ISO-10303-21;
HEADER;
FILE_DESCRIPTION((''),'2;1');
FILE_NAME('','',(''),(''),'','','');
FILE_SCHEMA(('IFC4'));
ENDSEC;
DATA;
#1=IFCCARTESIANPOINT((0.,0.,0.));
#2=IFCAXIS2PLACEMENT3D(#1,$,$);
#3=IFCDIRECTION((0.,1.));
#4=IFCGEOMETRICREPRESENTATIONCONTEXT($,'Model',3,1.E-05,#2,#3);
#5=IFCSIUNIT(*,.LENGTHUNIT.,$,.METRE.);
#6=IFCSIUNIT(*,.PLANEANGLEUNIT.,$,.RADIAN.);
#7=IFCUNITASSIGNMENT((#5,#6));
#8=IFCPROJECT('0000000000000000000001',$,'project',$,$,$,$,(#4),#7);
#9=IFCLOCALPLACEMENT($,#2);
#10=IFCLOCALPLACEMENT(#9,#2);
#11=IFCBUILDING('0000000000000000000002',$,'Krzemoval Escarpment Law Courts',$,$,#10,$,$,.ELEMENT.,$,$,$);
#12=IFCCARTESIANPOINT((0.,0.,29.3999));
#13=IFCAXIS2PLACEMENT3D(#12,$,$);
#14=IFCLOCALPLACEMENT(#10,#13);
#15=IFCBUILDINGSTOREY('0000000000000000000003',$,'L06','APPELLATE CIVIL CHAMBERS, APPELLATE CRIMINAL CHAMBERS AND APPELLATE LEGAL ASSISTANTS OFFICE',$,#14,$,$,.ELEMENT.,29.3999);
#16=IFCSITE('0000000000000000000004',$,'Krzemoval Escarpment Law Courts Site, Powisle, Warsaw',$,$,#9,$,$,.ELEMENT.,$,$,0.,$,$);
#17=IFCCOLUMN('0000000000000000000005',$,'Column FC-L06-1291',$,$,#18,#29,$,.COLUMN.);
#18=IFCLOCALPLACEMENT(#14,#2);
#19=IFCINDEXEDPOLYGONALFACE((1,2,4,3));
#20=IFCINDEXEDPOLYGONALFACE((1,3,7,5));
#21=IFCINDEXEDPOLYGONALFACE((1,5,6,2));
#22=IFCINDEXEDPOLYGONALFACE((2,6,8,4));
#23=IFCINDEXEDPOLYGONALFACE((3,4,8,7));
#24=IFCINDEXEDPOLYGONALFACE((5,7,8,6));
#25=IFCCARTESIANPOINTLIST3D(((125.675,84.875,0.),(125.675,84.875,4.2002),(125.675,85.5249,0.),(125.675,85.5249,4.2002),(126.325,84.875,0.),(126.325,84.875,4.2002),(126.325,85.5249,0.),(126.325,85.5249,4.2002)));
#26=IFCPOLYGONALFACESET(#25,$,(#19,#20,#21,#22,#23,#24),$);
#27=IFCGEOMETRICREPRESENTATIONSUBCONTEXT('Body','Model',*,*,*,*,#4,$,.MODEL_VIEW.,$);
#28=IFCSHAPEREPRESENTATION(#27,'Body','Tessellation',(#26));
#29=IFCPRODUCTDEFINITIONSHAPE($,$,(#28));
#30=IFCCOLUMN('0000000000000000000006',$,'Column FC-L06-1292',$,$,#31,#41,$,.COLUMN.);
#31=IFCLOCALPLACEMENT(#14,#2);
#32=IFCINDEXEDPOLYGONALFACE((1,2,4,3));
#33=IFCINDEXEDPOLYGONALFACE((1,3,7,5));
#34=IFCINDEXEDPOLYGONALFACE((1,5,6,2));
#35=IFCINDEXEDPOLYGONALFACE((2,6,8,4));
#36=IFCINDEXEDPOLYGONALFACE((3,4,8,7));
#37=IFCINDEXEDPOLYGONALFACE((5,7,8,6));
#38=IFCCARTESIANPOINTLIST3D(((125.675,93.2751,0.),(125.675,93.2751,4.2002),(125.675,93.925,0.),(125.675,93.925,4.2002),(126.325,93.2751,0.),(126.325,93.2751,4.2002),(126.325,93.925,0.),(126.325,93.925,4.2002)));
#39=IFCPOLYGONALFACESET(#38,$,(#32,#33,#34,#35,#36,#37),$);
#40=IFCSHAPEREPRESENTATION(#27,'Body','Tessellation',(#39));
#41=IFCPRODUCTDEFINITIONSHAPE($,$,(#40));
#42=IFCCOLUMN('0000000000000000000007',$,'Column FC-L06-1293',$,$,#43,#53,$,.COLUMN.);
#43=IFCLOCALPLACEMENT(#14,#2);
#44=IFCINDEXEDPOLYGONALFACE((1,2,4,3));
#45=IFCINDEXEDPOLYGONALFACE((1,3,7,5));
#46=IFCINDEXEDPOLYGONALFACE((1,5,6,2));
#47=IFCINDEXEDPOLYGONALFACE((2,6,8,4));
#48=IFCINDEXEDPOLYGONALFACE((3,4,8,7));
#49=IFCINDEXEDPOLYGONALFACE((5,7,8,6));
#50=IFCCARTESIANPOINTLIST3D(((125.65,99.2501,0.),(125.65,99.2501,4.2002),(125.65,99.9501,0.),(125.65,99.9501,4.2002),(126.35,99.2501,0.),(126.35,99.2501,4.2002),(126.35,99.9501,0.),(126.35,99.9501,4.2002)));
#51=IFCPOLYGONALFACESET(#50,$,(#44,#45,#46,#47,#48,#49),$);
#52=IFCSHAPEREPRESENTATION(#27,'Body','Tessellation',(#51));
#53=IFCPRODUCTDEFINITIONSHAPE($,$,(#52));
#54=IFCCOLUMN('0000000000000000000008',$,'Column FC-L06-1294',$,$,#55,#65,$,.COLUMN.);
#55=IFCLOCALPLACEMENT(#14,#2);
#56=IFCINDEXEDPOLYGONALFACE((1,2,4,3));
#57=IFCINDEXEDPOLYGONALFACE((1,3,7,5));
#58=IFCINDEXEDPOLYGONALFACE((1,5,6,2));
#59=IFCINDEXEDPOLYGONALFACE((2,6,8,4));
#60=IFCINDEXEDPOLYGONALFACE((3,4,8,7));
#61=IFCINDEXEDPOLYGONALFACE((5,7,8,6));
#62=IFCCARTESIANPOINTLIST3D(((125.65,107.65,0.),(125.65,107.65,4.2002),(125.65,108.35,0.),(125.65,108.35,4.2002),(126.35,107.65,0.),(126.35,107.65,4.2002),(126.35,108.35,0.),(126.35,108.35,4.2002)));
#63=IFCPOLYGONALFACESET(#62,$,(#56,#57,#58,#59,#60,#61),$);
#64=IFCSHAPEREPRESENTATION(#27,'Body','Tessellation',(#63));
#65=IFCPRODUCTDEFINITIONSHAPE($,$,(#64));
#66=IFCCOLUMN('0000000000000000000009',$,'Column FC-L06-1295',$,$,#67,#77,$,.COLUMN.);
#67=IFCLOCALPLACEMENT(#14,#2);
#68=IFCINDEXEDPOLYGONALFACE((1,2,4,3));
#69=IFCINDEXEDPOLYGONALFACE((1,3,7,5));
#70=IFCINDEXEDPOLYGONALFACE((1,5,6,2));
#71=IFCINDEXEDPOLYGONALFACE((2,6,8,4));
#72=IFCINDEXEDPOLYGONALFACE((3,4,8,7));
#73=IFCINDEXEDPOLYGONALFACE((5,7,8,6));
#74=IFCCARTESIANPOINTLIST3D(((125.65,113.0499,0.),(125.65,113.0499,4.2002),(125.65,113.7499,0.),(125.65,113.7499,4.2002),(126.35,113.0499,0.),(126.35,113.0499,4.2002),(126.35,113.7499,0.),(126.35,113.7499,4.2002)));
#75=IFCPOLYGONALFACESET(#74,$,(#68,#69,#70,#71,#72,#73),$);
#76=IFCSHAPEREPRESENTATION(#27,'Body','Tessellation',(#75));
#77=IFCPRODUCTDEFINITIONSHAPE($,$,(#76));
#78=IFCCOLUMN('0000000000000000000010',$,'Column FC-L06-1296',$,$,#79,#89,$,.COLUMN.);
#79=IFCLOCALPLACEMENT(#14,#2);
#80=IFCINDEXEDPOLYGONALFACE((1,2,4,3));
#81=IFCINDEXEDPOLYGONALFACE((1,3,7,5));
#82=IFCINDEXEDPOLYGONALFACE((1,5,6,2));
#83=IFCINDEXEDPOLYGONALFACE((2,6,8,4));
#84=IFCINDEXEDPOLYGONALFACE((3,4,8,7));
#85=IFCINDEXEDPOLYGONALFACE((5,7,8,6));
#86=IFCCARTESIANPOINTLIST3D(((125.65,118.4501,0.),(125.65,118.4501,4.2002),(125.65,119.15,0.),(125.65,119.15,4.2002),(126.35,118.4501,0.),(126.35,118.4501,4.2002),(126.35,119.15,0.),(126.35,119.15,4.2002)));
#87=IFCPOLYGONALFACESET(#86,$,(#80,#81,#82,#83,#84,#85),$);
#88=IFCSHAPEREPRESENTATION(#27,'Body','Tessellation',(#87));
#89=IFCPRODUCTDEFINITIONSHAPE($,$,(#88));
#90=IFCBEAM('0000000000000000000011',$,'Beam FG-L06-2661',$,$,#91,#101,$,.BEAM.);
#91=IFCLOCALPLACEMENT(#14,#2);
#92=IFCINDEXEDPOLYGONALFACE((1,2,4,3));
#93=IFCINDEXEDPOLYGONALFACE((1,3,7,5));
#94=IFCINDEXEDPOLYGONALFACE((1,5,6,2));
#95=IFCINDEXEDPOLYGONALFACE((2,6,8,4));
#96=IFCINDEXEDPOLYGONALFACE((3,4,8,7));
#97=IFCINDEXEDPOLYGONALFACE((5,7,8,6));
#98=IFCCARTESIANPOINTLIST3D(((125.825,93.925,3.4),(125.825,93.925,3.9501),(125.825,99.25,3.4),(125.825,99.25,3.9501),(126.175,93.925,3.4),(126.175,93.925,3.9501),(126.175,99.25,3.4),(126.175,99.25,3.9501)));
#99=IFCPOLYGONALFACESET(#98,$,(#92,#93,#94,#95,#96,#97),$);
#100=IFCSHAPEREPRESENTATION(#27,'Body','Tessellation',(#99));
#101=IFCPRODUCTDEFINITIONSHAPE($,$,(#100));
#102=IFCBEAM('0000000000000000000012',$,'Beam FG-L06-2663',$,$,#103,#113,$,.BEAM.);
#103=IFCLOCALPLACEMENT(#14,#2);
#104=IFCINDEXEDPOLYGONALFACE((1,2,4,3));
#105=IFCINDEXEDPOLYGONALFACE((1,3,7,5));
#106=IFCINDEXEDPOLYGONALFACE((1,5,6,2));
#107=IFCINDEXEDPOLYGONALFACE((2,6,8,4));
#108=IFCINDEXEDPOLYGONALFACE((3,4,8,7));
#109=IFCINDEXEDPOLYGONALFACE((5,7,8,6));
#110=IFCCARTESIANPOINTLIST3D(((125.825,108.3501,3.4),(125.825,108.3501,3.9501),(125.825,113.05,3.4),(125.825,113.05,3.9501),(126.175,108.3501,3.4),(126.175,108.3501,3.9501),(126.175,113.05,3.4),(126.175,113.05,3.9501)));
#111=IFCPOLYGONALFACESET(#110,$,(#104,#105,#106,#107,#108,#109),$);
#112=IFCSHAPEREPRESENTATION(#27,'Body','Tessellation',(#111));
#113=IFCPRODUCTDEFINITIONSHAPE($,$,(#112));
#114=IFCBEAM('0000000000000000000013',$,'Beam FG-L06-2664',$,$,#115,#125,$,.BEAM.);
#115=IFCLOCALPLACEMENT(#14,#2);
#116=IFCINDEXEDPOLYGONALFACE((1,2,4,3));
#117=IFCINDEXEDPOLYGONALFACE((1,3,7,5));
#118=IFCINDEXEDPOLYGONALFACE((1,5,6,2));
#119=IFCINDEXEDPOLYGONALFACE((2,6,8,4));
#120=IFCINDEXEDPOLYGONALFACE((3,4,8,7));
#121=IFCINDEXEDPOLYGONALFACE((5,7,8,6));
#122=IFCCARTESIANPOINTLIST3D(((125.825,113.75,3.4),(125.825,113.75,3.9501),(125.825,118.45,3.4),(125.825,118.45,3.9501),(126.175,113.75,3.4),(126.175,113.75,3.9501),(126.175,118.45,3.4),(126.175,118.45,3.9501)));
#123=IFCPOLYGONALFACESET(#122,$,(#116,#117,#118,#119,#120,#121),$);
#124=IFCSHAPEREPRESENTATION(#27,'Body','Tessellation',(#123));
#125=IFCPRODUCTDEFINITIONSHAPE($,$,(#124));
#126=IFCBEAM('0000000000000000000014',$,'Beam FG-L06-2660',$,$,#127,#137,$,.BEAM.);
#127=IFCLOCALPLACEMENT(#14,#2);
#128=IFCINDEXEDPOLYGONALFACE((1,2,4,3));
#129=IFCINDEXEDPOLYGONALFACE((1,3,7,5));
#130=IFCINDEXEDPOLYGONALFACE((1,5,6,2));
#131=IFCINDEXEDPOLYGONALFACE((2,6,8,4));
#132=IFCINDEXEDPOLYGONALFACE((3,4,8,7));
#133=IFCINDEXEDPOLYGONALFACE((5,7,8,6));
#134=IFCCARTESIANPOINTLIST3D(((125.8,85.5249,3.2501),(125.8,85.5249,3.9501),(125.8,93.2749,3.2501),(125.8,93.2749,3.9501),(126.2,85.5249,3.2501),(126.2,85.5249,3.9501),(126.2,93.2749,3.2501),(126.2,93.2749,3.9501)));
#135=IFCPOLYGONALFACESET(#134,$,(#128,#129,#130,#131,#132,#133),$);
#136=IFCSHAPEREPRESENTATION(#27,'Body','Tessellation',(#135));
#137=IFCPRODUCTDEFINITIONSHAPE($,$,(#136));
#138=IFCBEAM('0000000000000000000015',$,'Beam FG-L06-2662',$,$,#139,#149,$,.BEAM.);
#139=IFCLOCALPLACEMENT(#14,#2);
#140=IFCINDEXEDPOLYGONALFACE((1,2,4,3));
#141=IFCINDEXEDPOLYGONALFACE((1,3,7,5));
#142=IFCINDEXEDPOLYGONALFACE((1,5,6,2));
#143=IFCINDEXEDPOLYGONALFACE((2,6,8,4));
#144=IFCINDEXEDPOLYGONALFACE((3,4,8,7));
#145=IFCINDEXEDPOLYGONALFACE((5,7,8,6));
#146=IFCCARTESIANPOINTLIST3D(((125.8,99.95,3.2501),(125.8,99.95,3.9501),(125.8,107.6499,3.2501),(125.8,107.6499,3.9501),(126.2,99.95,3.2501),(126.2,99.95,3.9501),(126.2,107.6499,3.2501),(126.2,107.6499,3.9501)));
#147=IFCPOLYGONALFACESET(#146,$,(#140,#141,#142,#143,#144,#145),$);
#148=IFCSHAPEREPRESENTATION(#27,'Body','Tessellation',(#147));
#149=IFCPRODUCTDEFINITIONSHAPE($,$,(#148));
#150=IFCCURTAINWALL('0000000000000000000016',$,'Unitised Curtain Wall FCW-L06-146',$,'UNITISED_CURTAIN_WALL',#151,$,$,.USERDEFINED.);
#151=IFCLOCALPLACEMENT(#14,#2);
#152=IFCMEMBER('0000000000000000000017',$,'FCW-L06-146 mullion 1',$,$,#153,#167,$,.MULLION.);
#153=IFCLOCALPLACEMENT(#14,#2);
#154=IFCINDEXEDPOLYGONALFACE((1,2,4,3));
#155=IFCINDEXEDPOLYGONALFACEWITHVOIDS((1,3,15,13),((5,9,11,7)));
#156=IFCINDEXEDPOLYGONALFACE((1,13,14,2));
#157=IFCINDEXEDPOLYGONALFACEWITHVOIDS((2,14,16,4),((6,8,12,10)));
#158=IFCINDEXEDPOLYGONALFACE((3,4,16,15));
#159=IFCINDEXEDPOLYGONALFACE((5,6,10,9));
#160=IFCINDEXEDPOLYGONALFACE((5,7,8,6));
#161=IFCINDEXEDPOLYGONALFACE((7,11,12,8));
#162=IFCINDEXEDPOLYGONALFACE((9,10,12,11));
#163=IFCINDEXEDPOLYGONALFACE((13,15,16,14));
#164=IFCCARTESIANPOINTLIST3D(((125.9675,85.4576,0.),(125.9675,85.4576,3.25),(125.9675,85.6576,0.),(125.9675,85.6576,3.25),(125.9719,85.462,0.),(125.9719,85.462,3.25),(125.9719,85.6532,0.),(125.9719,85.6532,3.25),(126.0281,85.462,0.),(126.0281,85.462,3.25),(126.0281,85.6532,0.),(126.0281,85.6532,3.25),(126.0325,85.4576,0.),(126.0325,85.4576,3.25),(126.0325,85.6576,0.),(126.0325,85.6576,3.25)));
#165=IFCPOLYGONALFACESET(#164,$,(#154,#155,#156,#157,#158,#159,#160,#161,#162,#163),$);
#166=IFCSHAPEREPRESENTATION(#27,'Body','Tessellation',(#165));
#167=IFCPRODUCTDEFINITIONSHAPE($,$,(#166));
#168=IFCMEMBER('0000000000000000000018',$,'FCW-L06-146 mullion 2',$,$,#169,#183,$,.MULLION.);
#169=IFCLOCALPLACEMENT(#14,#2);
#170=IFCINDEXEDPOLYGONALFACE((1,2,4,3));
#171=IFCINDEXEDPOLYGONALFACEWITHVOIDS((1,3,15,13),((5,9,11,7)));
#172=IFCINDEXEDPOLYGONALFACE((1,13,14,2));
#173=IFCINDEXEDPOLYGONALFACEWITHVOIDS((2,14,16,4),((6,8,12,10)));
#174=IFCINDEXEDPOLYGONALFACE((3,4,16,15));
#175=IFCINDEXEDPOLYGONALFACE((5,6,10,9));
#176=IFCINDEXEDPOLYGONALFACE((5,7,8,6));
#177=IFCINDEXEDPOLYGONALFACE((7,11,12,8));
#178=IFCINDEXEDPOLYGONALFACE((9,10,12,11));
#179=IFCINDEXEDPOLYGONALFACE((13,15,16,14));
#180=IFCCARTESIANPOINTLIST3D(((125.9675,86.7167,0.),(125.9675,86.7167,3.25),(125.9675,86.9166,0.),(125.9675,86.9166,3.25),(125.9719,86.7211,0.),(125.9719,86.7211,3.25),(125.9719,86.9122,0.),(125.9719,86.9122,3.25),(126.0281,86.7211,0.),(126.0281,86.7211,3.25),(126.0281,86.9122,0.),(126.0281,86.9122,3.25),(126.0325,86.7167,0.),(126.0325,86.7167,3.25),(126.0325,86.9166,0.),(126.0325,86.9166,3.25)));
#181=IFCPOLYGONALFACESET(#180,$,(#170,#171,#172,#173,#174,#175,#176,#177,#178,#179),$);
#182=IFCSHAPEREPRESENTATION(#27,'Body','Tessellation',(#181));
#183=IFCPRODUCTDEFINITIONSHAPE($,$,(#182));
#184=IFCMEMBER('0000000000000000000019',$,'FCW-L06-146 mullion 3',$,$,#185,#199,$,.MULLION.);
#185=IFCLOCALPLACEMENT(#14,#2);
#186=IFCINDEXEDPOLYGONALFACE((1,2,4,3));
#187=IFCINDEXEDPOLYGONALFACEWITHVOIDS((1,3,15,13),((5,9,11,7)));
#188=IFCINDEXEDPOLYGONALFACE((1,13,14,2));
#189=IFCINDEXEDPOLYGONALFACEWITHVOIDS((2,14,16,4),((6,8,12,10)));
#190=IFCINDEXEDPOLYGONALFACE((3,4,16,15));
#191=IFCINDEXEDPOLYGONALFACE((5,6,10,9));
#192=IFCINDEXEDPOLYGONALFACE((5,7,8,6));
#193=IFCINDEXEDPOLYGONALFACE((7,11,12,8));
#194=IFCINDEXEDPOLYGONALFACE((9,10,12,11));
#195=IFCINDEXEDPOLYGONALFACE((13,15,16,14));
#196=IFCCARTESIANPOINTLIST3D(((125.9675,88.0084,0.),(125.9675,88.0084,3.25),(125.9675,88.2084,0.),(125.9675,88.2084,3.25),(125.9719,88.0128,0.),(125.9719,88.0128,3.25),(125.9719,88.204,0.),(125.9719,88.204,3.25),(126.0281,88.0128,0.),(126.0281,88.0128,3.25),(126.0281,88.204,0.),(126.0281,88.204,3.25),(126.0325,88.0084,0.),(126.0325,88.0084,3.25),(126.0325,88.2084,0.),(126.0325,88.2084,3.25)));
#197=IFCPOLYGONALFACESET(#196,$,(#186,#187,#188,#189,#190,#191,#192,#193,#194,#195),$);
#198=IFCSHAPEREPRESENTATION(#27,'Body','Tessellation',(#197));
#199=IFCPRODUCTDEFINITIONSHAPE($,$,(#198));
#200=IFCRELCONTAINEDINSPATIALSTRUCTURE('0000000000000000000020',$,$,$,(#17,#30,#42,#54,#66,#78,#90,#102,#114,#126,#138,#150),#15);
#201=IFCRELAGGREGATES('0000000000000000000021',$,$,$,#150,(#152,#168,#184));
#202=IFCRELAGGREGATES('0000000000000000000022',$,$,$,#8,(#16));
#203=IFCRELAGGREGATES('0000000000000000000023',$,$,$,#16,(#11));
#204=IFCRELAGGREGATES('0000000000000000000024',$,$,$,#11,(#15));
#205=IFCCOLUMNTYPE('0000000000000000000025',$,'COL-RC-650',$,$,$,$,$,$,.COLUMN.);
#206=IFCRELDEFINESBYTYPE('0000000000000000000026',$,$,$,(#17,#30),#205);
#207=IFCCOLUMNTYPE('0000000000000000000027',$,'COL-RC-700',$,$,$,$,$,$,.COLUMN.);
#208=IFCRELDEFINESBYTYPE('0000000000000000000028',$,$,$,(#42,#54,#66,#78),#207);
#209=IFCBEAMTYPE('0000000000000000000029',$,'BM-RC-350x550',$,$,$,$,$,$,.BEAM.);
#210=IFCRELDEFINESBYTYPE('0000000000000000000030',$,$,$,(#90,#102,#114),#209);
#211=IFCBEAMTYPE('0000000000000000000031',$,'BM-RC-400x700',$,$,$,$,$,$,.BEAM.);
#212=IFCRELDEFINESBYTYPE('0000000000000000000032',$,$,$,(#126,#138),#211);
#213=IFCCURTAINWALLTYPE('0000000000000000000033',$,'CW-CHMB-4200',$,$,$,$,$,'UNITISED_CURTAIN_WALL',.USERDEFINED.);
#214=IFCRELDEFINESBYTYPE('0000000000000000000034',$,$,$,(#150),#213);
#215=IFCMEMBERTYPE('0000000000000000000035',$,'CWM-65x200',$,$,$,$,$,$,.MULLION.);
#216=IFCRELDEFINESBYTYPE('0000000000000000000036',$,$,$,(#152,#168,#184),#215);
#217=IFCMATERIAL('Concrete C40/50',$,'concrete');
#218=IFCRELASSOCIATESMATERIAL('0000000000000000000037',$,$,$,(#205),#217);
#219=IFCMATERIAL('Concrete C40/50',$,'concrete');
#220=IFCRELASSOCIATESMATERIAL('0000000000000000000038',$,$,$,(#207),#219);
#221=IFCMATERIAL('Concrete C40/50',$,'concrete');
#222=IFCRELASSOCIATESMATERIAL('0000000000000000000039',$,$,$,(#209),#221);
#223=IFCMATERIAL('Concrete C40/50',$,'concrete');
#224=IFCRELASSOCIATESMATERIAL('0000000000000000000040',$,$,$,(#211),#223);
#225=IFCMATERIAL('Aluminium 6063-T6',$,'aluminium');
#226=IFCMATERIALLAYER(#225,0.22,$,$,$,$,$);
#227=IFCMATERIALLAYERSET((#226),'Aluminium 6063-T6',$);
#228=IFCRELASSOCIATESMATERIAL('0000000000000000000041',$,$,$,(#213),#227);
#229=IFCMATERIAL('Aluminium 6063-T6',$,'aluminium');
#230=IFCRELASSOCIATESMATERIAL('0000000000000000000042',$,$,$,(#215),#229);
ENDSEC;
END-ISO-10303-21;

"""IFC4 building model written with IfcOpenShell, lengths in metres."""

from ifc_helpers import new_model, si_unit, direction, frame, origin, origin_2d, place, context, subcontext, project, spatial, rectangle, hollow_rectangle, extrude, material, layer, layer_set, material_profile, profile_set, type_object, element, aggregate, save


model = new_model("IFC4")

# Units and contexts
model_context = context("Model", 3, precision=1e-05, world=origin(), true_north=direction((0.0, 1.0)))
body_context = subcontext(model_context, "Body", "Model", "MODEL_VIEW")
ifc_project = project(units=[si_unit("LENGTHUNIT", "METRE"), si_unit("PLANEANGLEUNIT", "RADIAN")], contexts=[model_context])

# Site, building, storey
site_placement = place(None, origin())
site = spatial("IfcSite", under=ifc_project, at=site_placement, Name="Krzemoval Escarpment Law Courts Site, Powisle, Warsaw", CompositionType="ELEMENT", RefElevation=0.0)
building_placement = place(site_placement, origin())
building = spatial("IfcBuilding", under=site, at=building_placement, Name="Krzemoval Escarpment Law Courts", CompositionType="ELEMENT")
storey_placement = place(building_placement, frame((0.0, 0.0, 29.3999)))
storey = spatial("IfcBuildingStorey", under=building, at=storey_placement, Name="L06", Description="APPELLATE CIVIL CHAMBERS, APPELLATE CRIMINAL CHAMBERS AND APPELLATE LEGAL ASSISTANTS OFFICE", CompositionType="ELEMENT", Elevation=29.3999)

# Columns
ifc_material_1 = material(Name="Concrete C40/50", Category="concrete")
ifc_material_profile_1 = material_profile(ifc_material_1, rectangle(XDim=0.6499, YDim=0.6499, at=origin_2d()), Name="RC 650x650")
ifc_profile_set_1 = profile_set([ifc_material_profile_1], Name="Concrete C40/50")
column_type_1 = type_object("IfcColumnType", Name="COL-RC-650", PredefinedType="COLUMN", material=ifc_profile_set_1)
for number, where, z_axis, x_axis, name in (
    (1, (126.0, 85.2, 0.0), (0.0, 0.0, 1.0), (1.0, 0.0, 0.0), "Column FC-L06-1291"),
    (2, (126.0, 93.6001, 0.0), (0.0, 0.0, 1.0), (1.0, 0.0, 0.0), "Column FC-L06-1292"),
):
    element("IfcColumn", number, at=place(storey_placement, frame(where, z_axis=z_axis, x_axis=x_axis)), inside=storey, type_object=column_type_1, Name=name, PredefinedType="COLUMN", context=body_context, shape_type="SweptSolid", body=[
        extrude(rectangle(XDim=0.6499, YDim=0.6499, at=origin_2d()), origin(), (0.0, 0.0, 1.0), 4.2002),
    ])
ifc_material_2 = material(Name="Concrete C40/50", Category="concrete")
ifc_material_profile_2 = material_profile(ifc_material_2, rectangle(XDim=0.7, YDim=0.7, at=origin_2d()), Name="RC 700x700")
ifc_profile_set_2 = profile_set([ifc_material_profile_2], Name="Concrete C40/50")
column_type_2 = type_object("IfcColumnType", Name="COL-RC-700", PredefinedType="COLUMN", material=ifc_profile_set_2)
for number, where, z_axis, x_axis, name in (
    (3, (126.0, 99.6001, 0.0), (0.0, 0.0, 1.0), (1.0, 0.0, 0.0), "Column FC-L06-1293"),
    (4, (126.0, 108.0, 0.0), (0.0, 0.0, 1.0), (1.0, 0.0, 0.0), "Column FC-L06-1294"),
    (5, (126.0, 113.3999, 0.0), (0.0, 0.0, 1.0), (1.0, 0.0, 0.0), "Column FC-L06-1295"),
    (6, (126.0, 118.8, 0.0), (0.0, 0.0, 1.0), (1.0, 0.0, 0.0), "Column FC-L06-1296"),
):
    element("IfcColumn", number, at=place(storey_placement, frame(where, z_axis=z_axis, x_axis=x_axis)), inside=storey, type_object=column_type_2, Name=name, PredefinedType="COLUMN", context=body_context, shape_type="SweptSolid", body=[
        extrude(rectangle(XDim=0.7, YDim=0.7, at=origin_2d()), origin(), (0.0, 0.0, 1.0), 4.2002),
    ])

# Beams
ifc_material_3 = material(Name="Concrete C40/50", Category="concrete")
ifc_material_profile_3 = material_profile(ifc_material_3, rectangle(XDim=0.3501, YDim=0.55, at=origin_2d()), Name="RCB 350x550")
ifc_profile_set_3 = profile_set([ifc_material_profile_3], Name="Concrete C40/50")
beam_type_1 = type_object("IfcBeamType", Name="BM-RC-350x550", PredefinedType="BEAM", material=ifc_profile_set_3)
beam_1_placement = place(storey_placement, frame((126.0, 93.925, 3.675), z_axis=(0.0, 1.0, 0.0), x_axis=(-1.0, 0.0, 0.0)))
element("IfcBeam", 7, at=beam_1_placement, inside=storey, type_object=beam_type_1, Name="Beam FG-L06-2661", PredefinedType="BEAM", context=body_context, shape_type="SweptSolid", body=[
    extrude(rectangle(XDim=0.3501, YDim=0.55, at=origin_2d()), origin(), (0.0, 0.0, 1.0), 5.325),
])
for number, where, z_axis, x_axis, name in (
    (8, (126.0, 108.3501, 3.675), (0.0, 1.0, 0.0), (-1.0, 0.0, 0.0), "Beam FG-L06-2663"),
    (9, (126.0, 113.75, 3.675), (0.0, 1.0, 0.0), (-1.0, 0.0, 0.0), "Beam FG-L06-2664"),
):
    element("IfcBeam", number, at=place(storey_placement, frame(where, z_axis=z_axis, x_axis=x_axis)), inside=storey, type_object=beam_type_1, Name=name, PredefinedType="BEAM", context=body_context, shape_type="SweptSolid", body=[
        extrude(rectangle(XDim=0.3501, YDim=0.55, at=origin_2d()), origin(), (0.0, 0.0, 1.0), 4.7),
    ])
ifc_material_4 = material(Name="Concrete C40/50", Category="concrete")
ifc_material_profile_4 = material_profile(ifc_material_4, rectangle(XDim=0.3999, YDim=0.7, at=origin_2d()), Name="RCB 400x700")
ifc_profile_set_4 = profile_set([ifc_material_profile_4], Name="Concrete C40/50")
beam_type_2 = type_object("IfcBeamType", Name="BM-RC-400x700", PredefinedType="BEAM", material=ifc_profile_set_4)
beam_2_placement = place(storey_placement, frame((126.0, 85.5249, 3.6001), z_axis=(0.0, 1.0, 0.0), x_axis=(-1.0, 0.0, 0.0)))
element("IfcBeam", 10, at=beam_2_placement, inside=storey, type_object=beam_type_2, Name="Beam FG-L06-2660", PredefinedType="BEAM", context=body_context, shape_type="SweptSolid", body=[
    extrude(rectangle(XDim=0.3999, YDim=0.7, at=origin_2d()), origin(), (0.0, 0.0, 1.0), 7.75),
])
beam_3_placement = place(storey_placement, frame((126.0, 99.95, 3.6001), z_axis=(0.0, 1.0, 0.0), x_axis=(-1.0, 0.0, 0.0)))
element("IfcBeam", 11, at=beam_3_placement, inside=storey, type_object=beam_type_2, Name="Beam FG-L06-2662", PredefinedType="BEAM", context=body_context, shape_type="SweptSolid", body=[
    extrude(rectangle(XDim=0.3999, YDim=0.7, at=origin_2d()), origin(), (0.0, 0.0, 1.0), 7.7),
])

# Curtain wall, members
ifc_material_5 = material(Name="Aluminium 6063-T6", Category="aluminium")
ifc_layer_1 = layer(ifc_material_5, 0.22)
ifc_layer_set_1 = layer_set([ifc_layer_1], Name="Aluminium 6063-T6")
curtain_wall_type = type_object("IfcCurtainWallType", Name="CW-CHMB-4200", ElementType="UNITISED_CURTAIN_WALL", PredefinedType="USERDEFINED", material=ifc_layer_set_1)
curtain_wall_placement = place(storey_placement, origin())
curtain_wall = element("IfcCurtainWall", 12, at=curtain_wall_placement, inside=storey, type_object=curtain_wall_type, Name="Unitised Curtain Wall FCW-L06-146", ObjectType="UNITISED_CURTAIN_WALL", PredefinedType="USERDEFINED")
ifc_material_6 = material(Name="Aluminium 6063-T6", Category="aluminium")
ifc_material_profile_5 = material_profile(ifc_material_6, hollow_rectangle(XDim=0.0649, YDim=0.2, WallThickness=0.0044, at=origin_2d()), Name="ALU M65x200")
ifc_profile_set_5 = profile_set([ifc_material_profile_5], Name="Aluminium 6063-T6")
member_type_1 = type_object("IfcMemberType", Name="CWM-65x200", PredefinedType="MULLION", material=ifc_profile_set_5)
member_1_placement = place(storey_placement, frame((126.0, 85.5576, 0.0), z_axis=(0.0, 0.0, 1.0), x_axis=(-1.0, 0.0, 0.0)))
member_1 = element("IfcMember", 13, at=member_1_placement, type_object=member_type_1, Name="FCW-L06-146 mullion 1", PredefinedType="MULLION", context=body_context, shape_type="SweptSolid", body=[
    extrude(hollow_rectangle(XDim=0.0649, YDim=0.2, WallThickness=0.0044, at=origin_2d()), origin(), (0.0, 0.0, 1.0), 3.25),
])
member_2_placement = place(storey_placement, frame((126.0, 86.8167, 0.0), z_axis=(0.0, 0.0, 1.0), x_axis=(-1.0, 0.0, 0.0)))
member_2 = element("IfcMember", 14, at=member_2_placement, type_object=member_type_1, Name="FCW-L06-146 mullion 2", PredefinedType="MULLION", context=body_context, shape_type="SweptSolid", body=[
    extrude(hollow_rectangle(XDim=0.0649, YDim=0.2, WallThickness=0.0044, at=origin_2d()), origin(), (0.0, 0.0, 1.0), 3.25),
])
member_3_placement = place(storey_placement, frame((126.0, 88.1084, 0.0), z_axis=(0.0, 0.0, 1.0), x_axis=(-1.0, 0.0, 0.0)))
member_3 = element("IfcMember", 15, at=member_3_placement, type_object=member_type_1, Name="FCW-L06-146 mullion 3", PredefinedType="MULLION", context=body_context, shape_type="SweptSolid", body=[
    extrude(hollow_rectangle(XDim=0.0649, YDim=0.2, WallThickness=0.0044, at=origin_2d()), origin(), (0.0, 0.0, 1.0), 3.25),
])

aggregate(curtain_wall, [member_1, member_2, member_3])

save(model, "model.ifc")
